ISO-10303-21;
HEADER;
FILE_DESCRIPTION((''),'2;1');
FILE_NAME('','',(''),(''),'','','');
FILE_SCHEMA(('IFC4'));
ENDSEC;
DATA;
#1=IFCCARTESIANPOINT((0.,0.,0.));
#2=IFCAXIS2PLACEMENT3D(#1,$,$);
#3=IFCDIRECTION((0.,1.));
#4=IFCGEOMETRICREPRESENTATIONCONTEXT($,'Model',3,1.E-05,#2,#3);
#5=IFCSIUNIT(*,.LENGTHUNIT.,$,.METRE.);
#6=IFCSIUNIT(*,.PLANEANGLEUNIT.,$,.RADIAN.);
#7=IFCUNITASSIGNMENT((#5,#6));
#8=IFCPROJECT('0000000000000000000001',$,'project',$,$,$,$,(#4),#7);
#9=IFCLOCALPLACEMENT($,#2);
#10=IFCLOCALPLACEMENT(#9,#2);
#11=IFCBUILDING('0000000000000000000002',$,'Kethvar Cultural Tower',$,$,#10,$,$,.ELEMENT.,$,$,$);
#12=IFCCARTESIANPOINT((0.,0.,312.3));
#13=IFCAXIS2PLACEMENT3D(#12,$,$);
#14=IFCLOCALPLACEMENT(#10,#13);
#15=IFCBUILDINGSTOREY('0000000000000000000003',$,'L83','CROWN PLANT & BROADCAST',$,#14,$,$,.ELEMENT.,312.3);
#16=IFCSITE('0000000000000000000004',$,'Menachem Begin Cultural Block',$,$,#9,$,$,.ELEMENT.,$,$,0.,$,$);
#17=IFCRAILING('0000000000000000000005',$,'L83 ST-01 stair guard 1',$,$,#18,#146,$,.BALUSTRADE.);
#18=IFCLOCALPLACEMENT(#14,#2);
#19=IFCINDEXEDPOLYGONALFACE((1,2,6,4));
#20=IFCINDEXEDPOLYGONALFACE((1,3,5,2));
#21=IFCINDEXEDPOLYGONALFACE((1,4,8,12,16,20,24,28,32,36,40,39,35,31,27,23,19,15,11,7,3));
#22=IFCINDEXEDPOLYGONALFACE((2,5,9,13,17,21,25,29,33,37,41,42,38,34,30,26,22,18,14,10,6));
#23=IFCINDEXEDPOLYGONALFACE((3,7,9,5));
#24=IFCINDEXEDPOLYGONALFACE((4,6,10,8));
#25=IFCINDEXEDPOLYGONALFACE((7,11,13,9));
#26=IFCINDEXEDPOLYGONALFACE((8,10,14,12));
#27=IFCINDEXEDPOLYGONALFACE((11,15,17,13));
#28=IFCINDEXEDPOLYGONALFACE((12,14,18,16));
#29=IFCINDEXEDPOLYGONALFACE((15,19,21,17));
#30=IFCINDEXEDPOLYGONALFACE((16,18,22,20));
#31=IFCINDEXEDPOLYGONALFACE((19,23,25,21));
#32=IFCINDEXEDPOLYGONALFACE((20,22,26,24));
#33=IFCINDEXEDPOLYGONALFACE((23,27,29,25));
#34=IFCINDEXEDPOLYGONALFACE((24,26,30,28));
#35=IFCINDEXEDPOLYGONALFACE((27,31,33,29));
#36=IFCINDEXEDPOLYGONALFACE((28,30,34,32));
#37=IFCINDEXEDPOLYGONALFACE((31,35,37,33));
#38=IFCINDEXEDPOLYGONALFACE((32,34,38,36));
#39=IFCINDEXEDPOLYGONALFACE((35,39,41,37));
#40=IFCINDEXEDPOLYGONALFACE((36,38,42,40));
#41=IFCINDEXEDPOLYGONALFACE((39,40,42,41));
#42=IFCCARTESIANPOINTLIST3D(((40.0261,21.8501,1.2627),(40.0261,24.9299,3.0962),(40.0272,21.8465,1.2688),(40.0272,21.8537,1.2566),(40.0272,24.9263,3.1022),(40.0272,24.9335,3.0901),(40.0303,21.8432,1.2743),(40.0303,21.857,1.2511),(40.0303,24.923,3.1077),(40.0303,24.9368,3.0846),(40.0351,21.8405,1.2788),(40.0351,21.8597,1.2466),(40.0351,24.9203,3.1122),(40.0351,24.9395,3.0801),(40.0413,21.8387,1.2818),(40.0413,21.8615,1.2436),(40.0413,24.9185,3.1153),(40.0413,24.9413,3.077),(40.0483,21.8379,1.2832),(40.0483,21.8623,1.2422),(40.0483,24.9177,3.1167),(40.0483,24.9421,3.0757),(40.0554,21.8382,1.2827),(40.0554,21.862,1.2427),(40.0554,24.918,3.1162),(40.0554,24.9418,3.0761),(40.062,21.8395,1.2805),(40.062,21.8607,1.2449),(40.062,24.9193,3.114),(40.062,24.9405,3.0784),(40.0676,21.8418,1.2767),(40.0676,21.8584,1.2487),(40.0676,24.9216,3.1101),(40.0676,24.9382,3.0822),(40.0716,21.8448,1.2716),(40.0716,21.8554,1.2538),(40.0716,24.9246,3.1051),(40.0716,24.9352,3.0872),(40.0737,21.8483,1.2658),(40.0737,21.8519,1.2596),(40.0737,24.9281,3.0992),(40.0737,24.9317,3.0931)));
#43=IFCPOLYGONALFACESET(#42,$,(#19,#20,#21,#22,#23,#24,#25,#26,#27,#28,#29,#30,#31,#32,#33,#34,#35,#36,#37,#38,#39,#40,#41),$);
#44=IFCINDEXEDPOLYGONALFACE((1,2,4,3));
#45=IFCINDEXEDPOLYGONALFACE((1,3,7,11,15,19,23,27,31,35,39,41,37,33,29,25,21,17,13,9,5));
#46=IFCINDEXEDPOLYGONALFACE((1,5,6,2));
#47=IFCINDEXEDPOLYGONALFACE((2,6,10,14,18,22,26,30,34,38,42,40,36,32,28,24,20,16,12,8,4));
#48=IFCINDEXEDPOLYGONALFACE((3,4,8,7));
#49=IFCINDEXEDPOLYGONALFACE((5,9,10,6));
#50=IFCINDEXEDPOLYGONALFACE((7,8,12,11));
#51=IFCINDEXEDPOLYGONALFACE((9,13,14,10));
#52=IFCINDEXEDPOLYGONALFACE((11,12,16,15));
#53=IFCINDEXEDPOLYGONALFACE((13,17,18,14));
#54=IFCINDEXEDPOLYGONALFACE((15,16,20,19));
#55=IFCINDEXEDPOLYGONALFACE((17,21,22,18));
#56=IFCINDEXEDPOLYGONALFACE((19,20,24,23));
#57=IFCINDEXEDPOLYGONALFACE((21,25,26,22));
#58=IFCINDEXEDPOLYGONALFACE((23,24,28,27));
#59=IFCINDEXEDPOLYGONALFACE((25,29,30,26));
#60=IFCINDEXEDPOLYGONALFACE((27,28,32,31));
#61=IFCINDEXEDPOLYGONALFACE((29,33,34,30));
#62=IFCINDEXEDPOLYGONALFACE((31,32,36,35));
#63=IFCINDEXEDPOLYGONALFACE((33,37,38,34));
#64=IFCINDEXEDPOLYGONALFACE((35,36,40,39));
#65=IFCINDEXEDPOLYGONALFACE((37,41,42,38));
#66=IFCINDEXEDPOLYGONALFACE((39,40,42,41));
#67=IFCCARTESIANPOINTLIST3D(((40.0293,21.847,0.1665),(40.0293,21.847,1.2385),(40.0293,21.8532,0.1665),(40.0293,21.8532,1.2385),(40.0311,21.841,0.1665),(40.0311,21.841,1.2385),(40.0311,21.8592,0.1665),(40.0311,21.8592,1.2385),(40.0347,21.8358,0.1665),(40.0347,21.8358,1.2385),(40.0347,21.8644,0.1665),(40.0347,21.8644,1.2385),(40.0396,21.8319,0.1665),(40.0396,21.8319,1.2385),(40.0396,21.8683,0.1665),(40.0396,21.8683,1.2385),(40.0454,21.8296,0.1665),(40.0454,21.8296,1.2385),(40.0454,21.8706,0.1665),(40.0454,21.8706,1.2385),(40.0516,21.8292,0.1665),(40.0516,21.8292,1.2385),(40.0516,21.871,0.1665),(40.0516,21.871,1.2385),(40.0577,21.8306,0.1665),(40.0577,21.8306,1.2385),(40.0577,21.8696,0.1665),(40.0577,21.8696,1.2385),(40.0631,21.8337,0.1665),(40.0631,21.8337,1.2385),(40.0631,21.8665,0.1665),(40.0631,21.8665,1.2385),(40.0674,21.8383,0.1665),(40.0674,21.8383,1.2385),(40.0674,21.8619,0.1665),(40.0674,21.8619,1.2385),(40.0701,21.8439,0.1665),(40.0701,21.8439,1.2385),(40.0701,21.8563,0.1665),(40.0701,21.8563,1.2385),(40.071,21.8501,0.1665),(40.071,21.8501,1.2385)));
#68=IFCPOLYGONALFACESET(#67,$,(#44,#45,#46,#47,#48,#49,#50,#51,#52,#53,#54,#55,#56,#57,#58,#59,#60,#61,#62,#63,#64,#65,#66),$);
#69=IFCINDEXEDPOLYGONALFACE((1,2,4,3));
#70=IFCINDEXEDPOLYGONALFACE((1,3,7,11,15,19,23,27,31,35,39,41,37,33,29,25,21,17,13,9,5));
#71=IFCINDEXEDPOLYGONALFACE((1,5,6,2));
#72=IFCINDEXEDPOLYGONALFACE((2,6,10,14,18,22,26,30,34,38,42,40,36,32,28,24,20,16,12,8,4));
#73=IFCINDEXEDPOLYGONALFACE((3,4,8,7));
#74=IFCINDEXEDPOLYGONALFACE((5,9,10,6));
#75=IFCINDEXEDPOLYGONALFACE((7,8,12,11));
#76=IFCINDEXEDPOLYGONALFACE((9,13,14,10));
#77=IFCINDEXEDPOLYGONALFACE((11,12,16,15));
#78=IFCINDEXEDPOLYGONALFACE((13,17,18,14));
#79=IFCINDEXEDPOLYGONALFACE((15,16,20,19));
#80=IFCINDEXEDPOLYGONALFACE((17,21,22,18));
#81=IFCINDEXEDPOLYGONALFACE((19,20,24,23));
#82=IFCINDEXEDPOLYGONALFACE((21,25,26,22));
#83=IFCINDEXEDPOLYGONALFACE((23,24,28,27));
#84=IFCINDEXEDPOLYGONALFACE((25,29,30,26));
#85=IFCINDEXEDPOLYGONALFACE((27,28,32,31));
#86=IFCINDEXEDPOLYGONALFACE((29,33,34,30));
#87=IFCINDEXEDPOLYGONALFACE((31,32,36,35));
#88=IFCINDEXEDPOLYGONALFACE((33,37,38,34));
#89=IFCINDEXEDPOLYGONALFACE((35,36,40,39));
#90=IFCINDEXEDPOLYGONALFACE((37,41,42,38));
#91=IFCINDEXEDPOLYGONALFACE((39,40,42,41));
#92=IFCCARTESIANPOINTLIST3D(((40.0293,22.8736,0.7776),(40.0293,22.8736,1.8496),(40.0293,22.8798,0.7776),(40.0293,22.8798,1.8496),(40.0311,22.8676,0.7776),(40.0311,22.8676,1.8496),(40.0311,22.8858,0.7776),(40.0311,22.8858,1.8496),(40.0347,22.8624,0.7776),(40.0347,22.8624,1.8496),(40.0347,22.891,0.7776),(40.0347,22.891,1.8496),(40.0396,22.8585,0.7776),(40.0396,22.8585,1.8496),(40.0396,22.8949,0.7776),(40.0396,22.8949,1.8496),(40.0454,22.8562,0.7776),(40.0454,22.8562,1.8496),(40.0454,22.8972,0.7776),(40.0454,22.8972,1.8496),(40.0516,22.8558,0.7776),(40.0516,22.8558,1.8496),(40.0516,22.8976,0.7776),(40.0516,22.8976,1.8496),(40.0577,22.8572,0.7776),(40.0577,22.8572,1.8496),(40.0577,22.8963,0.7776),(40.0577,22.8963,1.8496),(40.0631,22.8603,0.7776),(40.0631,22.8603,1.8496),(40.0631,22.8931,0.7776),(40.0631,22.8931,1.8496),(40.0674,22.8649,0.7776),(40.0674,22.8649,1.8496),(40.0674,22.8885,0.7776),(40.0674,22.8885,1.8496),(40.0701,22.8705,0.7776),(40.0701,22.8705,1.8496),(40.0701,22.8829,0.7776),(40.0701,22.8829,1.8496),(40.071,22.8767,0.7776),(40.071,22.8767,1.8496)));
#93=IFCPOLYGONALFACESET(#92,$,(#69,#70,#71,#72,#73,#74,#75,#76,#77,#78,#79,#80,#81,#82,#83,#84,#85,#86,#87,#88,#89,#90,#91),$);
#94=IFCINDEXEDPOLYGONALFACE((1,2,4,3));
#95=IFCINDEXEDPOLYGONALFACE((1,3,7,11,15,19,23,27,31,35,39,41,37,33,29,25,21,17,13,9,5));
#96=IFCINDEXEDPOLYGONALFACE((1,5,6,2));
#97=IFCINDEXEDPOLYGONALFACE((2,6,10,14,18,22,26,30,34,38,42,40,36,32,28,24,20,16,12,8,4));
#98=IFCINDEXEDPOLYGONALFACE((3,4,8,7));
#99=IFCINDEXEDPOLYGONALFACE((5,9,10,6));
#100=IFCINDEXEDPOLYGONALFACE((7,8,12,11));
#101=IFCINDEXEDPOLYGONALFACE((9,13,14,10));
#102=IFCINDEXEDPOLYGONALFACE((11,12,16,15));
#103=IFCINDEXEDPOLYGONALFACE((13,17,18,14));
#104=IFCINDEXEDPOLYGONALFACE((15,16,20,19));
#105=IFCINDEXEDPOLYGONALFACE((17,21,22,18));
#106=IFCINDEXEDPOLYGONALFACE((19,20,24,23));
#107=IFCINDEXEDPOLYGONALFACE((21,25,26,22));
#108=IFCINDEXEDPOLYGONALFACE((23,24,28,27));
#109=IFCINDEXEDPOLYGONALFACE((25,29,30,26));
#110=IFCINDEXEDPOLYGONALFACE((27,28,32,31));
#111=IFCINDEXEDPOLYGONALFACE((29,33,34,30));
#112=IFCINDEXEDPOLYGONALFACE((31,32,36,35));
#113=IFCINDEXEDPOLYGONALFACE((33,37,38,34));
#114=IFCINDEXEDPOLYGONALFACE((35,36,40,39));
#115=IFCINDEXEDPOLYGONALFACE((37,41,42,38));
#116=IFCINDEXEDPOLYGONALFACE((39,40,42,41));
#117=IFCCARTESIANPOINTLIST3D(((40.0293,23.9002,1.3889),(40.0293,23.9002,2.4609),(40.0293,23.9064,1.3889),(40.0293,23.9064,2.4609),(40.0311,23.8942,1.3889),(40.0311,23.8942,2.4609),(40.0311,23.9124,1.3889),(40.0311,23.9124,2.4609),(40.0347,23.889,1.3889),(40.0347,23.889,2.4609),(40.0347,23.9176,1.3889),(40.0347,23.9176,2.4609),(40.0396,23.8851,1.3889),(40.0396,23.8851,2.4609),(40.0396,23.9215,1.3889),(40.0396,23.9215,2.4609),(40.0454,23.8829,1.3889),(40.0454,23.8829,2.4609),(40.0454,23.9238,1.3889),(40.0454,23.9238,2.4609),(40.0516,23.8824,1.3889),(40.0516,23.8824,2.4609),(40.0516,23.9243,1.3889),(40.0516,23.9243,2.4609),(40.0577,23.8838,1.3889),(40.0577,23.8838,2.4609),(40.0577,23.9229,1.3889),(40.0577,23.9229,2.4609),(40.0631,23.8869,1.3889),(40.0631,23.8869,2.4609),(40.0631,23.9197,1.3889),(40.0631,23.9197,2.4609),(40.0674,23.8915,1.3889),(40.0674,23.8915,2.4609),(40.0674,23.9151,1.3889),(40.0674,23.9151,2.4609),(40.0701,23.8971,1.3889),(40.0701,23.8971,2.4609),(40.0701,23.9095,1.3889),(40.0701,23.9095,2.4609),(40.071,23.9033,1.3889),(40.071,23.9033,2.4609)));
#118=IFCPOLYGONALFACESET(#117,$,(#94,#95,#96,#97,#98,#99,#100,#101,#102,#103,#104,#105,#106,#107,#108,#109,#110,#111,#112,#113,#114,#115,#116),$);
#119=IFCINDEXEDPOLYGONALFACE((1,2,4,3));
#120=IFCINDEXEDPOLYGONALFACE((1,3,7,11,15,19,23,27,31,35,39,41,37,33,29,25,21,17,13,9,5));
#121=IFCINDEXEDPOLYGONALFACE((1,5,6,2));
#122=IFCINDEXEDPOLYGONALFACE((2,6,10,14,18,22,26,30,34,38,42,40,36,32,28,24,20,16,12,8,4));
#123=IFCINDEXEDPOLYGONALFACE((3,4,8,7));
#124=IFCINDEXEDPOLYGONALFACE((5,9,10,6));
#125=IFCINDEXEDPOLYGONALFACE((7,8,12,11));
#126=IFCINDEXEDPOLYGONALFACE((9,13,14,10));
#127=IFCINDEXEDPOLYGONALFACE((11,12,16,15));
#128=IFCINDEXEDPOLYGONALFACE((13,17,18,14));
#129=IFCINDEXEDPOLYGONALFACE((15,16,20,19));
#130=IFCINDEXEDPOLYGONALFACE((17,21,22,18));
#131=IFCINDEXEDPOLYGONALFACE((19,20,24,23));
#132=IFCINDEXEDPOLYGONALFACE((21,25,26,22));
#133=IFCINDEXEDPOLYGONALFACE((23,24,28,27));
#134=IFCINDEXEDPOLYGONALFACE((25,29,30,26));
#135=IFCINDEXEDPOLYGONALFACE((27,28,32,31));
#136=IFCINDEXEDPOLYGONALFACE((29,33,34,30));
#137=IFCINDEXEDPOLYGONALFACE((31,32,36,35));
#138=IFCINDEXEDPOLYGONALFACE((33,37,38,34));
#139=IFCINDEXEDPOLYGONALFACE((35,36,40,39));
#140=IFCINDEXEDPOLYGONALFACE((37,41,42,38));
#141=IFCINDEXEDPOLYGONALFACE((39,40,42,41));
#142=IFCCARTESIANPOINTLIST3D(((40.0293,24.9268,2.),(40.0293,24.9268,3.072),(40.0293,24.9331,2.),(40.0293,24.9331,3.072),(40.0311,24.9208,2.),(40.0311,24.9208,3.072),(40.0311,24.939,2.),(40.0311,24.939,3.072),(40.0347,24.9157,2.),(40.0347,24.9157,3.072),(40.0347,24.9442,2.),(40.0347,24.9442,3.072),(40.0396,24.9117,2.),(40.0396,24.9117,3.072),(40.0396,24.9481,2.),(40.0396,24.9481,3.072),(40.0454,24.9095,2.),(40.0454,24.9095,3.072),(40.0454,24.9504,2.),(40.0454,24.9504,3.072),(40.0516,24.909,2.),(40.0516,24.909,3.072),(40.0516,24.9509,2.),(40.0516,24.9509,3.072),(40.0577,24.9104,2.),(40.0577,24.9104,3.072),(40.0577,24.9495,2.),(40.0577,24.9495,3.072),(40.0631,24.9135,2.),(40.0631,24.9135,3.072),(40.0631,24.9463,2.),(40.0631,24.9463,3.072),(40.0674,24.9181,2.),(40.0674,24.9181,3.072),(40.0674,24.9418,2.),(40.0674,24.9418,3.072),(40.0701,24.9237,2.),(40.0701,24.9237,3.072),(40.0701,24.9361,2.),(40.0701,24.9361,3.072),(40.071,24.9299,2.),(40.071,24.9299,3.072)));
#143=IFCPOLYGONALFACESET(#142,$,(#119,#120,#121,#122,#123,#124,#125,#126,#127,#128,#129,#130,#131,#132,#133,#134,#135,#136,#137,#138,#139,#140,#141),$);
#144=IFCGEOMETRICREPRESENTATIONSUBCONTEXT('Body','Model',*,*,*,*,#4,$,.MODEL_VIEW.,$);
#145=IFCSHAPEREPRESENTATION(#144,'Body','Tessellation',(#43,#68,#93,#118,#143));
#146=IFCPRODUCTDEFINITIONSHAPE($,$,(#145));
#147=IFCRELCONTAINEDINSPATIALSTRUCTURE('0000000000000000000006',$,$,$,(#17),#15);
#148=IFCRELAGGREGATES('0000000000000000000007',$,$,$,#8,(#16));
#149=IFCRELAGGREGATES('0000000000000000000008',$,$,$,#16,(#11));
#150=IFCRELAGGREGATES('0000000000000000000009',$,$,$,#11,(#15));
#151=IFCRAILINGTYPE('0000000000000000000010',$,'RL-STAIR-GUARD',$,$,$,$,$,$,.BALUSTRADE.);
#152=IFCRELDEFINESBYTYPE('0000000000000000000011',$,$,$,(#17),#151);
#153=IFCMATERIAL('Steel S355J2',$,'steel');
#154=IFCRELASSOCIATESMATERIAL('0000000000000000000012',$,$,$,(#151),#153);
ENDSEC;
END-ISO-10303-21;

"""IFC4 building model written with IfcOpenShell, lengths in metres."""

from ifc_helpers import new_model, si_unit, direction, frame, origin, origin_2d, place, context, subcontext, project, spatial, circle, extrude, material, type_object, element, save


model = new_model("IFC4")

# Units and contexts
model_context = context("Model", 3, precision=1e-05, world=origin(), true_north=direction((0.0, 1.0)))
body_context = subcontext(model_context, "Body", "Model", "MODEL_VIEW")
ifc_project = project(units=[si_unit("LENGTHUNIT", "METRE"), si_unit("PLANEANGLEUNIT", "RADIAN")], contexts=[model_context])

# Site, building, storey
site_placement = place(None, origin())
site = spatial("IfcSite", under=ifc_project, at=site_placement, Name="Menachem Begin Cultural Block", CompositionType="ELEMENT", RefElevation=0.0)
building_placement = place(site_placement, origin())
building = spatial("IfcBuilding", under=site, at=building_placement, Name="Kethvar Cultural Tower", CompositionType="ELEMENT")
storey_placement = place(building_placement, frame((0.0, 0.0, 312.3)))
storey = spatial("IfcBuildingStorey", under=building, at=storey_placement, Name="L83", Description="CROWN PLANT & BROADCAST", CompositionType="ELEMENT", Elevation=312.3)

# Shared definitions
ifc_material_1 = material(Name="Steel S355J2", Category="steel")

# Railing
railing_type_1 = type_object("IfcRailingType", Name="RL-STAIR-GUARD", PredefinedType="BALUSTRADE", material=ifc_material_1)
railing_1_placement = place(storey_placement, frame((40.05, 21.8501, 0.1665)))
element("IfcRailing", 1, at=railing_1_placement, inside=storey, type_object=railing_type_1, Name="L83 ST-01 stair guard 1", PredefinedType="BALUSTRADE", context=body_context, shape_type="SweptSolid", body=[
    extrude(circle(Radius=0.0239, at=origin_2d()), frame((0.0, 0.0, 1.0962), z_axis=(0.0, 0.859261, 0.511538), x_axis=(-1.0, 0.0, 0.0)), (0.0, 0.0, 1.0), 3.5842),
    extrude(circle(Radius=0.021, at=origin_2d()), origin(), (0.0, 0.0, 1.0), 1.072),
    extrude(circle(Radius=0.021, at=origin_2d()), frame((0.0, 1.0266, 0.6111)), (0.0, 0.0, 1.0), 1.072),
    extrude(circle(Radius=0.021, at=origin_2d()), frame((0.0, 2.0532, 1.2224)), (0.0, 0.0, 1.0), 1.072),
    extrude(circle(Radius=0.021, at=origin_2d()), frame((0.0, 3.0798, 1.8335)), (0.0, 0.0, 1.0), 1.072),
])

save(model, "model.ifc")
